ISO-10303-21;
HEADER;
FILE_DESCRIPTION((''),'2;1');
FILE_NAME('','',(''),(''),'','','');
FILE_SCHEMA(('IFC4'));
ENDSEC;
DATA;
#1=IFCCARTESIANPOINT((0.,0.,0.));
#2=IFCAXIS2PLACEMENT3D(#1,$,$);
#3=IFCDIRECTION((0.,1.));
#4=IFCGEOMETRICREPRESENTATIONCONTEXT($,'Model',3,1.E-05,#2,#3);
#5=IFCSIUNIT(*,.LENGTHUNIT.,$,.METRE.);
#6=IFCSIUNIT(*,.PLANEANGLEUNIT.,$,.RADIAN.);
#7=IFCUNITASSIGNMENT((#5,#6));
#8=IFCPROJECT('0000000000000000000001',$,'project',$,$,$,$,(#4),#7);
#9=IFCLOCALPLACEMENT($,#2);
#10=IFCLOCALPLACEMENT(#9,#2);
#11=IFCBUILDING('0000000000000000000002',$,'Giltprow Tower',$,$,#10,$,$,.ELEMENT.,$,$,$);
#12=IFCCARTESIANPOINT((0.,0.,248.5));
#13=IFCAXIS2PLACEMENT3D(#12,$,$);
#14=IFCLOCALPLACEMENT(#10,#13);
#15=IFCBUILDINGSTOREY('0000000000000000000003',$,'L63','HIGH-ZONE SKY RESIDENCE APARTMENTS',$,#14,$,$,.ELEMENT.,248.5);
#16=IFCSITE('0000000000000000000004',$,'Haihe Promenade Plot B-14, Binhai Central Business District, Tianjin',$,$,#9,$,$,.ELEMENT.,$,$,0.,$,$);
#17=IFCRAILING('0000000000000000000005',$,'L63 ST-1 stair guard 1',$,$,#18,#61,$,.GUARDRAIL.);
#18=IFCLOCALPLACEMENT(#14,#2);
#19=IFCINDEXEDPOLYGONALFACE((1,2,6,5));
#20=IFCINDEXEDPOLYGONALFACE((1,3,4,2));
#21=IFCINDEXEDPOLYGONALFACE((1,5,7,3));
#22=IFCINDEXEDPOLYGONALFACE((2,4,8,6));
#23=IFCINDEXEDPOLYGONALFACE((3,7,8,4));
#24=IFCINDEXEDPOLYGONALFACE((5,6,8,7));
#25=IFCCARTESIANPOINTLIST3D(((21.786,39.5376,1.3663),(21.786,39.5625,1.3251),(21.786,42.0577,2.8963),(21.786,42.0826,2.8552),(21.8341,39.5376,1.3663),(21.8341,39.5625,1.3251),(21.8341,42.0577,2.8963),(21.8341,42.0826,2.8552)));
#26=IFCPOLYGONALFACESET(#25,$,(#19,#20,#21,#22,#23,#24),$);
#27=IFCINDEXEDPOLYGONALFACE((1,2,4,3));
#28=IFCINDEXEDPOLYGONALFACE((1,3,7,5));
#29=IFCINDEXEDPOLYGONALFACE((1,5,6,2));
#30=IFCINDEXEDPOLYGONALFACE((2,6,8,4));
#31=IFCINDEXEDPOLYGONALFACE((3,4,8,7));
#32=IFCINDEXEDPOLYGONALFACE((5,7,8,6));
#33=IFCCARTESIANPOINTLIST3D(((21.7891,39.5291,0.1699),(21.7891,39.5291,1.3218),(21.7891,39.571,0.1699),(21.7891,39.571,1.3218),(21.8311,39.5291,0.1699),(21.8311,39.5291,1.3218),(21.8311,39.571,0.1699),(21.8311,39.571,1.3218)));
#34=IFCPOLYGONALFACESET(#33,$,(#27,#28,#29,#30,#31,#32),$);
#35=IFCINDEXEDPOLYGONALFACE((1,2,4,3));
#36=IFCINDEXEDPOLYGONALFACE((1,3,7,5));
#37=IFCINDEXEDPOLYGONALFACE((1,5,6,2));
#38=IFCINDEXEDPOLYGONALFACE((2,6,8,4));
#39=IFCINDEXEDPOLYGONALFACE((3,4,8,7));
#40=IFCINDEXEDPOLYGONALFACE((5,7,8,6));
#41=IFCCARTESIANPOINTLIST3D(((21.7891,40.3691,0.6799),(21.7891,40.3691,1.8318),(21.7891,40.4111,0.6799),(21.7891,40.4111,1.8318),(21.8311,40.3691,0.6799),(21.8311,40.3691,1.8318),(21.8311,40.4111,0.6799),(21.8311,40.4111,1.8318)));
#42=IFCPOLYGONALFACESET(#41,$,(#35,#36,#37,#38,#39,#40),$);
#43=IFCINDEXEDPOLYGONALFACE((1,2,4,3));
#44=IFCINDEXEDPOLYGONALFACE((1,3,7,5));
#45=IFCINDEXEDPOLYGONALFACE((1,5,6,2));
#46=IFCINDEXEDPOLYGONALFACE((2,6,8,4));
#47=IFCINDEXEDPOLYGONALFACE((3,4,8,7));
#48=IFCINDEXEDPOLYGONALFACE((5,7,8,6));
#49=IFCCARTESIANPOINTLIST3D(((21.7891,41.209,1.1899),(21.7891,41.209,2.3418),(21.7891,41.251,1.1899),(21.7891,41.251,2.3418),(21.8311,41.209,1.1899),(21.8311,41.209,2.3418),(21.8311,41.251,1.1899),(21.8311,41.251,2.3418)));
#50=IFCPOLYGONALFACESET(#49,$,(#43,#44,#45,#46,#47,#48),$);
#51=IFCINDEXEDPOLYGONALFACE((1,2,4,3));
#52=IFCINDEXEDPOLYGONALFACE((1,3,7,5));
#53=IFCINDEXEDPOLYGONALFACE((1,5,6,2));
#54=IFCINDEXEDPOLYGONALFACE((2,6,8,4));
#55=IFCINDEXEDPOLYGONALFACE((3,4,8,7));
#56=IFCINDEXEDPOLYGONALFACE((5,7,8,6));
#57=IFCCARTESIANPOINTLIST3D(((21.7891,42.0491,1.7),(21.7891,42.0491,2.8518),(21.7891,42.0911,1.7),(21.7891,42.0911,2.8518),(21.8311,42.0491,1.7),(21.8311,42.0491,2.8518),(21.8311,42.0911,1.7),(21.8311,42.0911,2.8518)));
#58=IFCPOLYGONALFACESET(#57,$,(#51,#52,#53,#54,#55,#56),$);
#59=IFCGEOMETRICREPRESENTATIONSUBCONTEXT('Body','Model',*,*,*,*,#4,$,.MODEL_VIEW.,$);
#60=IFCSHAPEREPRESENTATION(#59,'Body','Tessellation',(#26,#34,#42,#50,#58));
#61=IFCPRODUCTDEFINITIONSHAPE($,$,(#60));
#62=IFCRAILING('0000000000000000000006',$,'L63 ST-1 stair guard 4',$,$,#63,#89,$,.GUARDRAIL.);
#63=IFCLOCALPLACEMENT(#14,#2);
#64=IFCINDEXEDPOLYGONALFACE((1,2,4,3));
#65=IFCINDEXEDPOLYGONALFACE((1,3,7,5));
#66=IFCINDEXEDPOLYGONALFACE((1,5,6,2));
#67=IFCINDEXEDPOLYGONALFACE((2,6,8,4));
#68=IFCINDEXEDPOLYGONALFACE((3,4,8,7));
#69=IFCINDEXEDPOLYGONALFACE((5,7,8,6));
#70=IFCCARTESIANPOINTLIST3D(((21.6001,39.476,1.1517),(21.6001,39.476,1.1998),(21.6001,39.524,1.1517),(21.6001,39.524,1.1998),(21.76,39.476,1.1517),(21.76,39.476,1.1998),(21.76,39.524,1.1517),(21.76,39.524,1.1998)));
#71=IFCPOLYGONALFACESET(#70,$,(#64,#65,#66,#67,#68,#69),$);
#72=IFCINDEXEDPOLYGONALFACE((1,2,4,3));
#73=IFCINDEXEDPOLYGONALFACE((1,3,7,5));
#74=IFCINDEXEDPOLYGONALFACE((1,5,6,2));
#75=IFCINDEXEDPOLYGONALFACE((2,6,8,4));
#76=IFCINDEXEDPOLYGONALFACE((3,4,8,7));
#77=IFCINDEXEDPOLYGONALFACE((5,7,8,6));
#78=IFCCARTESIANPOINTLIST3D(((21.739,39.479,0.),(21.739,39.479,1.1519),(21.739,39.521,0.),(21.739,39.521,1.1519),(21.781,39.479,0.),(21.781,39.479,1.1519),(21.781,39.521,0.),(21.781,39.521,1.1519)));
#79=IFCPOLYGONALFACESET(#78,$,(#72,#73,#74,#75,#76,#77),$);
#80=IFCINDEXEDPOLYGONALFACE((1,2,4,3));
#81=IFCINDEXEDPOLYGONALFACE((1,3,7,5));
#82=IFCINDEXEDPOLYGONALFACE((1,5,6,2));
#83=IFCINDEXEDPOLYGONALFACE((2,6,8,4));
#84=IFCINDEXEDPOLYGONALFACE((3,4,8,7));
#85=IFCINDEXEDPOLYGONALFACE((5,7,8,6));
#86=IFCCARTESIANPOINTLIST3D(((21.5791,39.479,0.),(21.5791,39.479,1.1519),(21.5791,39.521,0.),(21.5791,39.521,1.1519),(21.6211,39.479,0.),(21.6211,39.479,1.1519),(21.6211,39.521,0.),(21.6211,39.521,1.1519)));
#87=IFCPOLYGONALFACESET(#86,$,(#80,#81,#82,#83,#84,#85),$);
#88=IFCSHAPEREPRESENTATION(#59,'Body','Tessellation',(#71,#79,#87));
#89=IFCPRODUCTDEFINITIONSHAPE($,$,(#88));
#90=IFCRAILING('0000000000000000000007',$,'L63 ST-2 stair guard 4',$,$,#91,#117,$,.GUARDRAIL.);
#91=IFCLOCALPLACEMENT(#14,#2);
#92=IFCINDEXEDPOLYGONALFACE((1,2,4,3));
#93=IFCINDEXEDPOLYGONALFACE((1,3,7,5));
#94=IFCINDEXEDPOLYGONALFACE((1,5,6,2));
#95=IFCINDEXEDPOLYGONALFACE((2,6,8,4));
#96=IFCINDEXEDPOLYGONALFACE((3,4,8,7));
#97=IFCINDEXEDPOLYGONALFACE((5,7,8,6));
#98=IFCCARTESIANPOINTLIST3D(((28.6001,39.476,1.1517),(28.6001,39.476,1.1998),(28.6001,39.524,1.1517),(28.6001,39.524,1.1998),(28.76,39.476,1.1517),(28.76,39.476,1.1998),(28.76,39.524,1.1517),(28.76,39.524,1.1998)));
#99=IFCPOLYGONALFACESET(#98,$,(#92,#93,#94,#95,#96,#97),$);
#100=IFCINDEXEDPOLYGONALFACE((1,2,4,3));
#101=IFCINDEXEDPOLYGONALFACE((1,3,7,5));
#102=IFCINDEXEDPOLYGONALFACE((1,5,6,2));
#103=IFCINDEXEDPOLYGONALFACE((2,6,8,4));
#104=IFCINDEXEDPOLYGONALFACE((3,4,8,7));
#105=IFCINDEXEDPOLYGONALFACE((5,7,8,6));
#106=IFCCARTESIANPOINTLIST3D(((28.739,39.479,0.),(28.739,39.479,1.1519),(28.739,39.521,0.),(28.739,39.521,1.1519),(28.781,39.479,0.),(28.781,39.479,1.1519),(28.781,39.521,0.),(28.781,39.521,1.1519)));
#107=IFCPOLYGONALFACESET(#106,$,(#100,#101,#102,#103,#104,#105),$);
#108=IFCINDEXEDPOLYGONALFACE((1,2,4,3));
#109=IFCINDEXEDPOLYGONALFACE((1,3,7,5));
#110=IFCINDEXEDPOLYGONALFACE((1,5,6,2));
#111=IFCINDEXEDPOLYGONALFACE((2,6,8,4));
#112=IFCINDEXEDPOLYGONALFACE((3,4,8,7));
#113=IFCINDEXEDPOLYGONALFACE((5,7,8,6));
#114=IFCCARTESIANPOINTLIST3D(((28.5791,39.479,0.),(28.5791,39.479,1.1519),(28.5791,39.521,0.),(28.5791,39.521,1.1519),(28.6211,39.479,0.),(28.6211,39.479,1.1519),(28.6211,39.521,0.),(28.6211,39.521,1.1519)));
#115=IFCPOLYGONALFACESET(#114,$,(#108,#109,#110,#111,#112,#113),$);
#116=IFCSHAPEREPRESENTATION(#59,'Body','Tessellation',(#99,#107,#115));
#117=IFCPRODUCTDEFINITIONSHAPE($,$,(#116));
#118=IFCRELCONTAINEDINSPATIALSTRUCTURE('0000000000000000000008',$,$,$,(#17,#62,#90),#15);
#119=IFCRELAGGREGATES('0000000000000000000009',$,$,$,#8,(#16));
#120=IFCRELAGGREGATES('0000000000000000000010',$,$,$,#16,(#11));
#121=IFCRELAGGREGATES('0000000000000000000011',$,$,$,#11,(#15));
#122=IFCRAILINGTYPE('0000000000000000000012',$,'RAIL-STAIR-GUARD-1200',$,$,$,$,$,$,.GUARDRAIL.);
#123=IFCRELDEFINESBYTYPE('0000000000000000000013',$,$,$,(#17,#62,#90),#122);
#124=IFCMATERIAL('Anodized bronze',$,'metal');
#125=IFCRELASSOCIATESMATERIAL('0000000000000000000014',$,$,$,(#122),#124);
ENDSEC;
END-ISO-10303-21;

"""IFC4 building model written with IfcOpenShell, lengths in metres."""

from ifc_helpers import new_model, si_unit, direction, frame, origin, origin_2d, place, context, subcontext, project, spatial, rectangle, extrude, material, type_object, element, save


model = new_model("IFC4")

# Units and contexts
model_context = context("Model", 3, precision=1e-05, world=origin(), true_north=direction((0.0, 1.0)))
body_context = subcontext(model_context, "Body", "Model", "MODEL_VIEW")
ifc_project = project(units=[si_unit("LENGTHUNIT", "METRE"), si_unit("PLANEANGLEUNIT", "RADIAN")], contexts=[model_context])

# Site, building, storey
site_placement = place(None, origin())
site = spatial("IfcSite", under=ifc_project, at=site_placement, Name="Haihe Promenade Plot B-14, Binhai Central Business District, Tianjin", CompositionType="ELEMENT", RefElevation=0.0)
building_placement = place(site_placement, origin())
building = spatial("IfcBuilding", under=site, at=building_placement, Name="Giltprow Tower", CompositionType="ELEMENT")
storey_placement = place(building_placement, frame((0.0, 0.0, 248.5)))
storey = spatial("IfcBuildingStorey", under=building, at=storey_placement, Name="L63", Description="HIGH-ZONE SKY RESIDENCE APARTMENTS", CompositionType="ELEMENT", Elevation=248.5)

# Railings
ifc_material_1 = material(Name="Anodized bronze", Category="metal")
railing_type = type_object("IfcRailingType", Name="RAIL-STAIR-GUARD-1200", PredefinedType="GUARDRAIL", material=ifc_material_1)
railing_placement = place(storey_placement, frame((21.8101, 39.55, 0.1699)))
element("IfcRailing", 1, at=railing_placement, inside=storey, type_object=railing_type, Name="L63 ST-1 stair guard 1", PredefinedType="GUARDRAIL", context=body_context, shape_type="SweptSolid", body=[
    extrude(rectangle(XDim=0.0481, YDim=0.0481, at=origin_2d()), frame((0.0, 0.0, 1.1758), z_axis=(0.0, 0.854785, 0.518982), x_axis=(-1.0, 0.0, 0.0)), (0.0, 0.0, 1.0), 2.9482),
    extrude(rectangle(XDim=0.042, YDim=0.042, at=origin_2d()), origin(), (0.0, 0.0, 1.0), 1.1519),
    extrude(rectangle(XDim=0.042, YDim=0.042, at=origin_2d()), frame((0.0, 0.8401, 0.51)), (0.0, 0.0, 1.0), 1.1519),
    extrude(rectangle(XDim=0.042, YDim=0.042, at=origin_2d()), frame((0.0, 1.6799, 1.02)), (0.0, 0.0, 1.0), 1.1519),
    extrude(rectangle(XDim=0.042, YDim=0.042, at=origin_2d()), frame((0.0, 2.52, 1.53)), (0.0, 0.0, 1.0), 1.1519),
])
for number, where, name in (
    (2, (21.76, 39.5, 0.0), "L63 ST-1 stair guard 4"),
    (3, (28.76, 39.5, 0.0), "L63 ST-2 stair guard 4"),
):
    element("IfcRailing", number, at=place(storey_placement, frame(where)), inside=storey, type_object=railing_type, Name=name, PredefinedType="GUARDRAIL", context=body_context, shape_type="SweptSolid", body=[
        extrude(rectangle(XDim=0.0481, YDim=0.0481, at=origin_2d()), frame((0.0, 0.0, 1.1758), z_axis=(-1.0, 0.0, 0.0), x_axis=(0.0, -1.0, 0.0)), (0.0, 0.0, 1.0), 0.1599),
        extrude(rectangle(XDim=0.042, YDim=0.042, at=origin_2d()), origin(), (0.0, 0.0, 1.0), 1.1519),
        extrude(rectangle(XDim=0.042, YDim=0.042, at=origin_2d()), frame((-0.1599, 0.0, 0.0)), (0.0, 0.0, 1.0), 1.1519),
    ])

save(model, "model.ifc")
